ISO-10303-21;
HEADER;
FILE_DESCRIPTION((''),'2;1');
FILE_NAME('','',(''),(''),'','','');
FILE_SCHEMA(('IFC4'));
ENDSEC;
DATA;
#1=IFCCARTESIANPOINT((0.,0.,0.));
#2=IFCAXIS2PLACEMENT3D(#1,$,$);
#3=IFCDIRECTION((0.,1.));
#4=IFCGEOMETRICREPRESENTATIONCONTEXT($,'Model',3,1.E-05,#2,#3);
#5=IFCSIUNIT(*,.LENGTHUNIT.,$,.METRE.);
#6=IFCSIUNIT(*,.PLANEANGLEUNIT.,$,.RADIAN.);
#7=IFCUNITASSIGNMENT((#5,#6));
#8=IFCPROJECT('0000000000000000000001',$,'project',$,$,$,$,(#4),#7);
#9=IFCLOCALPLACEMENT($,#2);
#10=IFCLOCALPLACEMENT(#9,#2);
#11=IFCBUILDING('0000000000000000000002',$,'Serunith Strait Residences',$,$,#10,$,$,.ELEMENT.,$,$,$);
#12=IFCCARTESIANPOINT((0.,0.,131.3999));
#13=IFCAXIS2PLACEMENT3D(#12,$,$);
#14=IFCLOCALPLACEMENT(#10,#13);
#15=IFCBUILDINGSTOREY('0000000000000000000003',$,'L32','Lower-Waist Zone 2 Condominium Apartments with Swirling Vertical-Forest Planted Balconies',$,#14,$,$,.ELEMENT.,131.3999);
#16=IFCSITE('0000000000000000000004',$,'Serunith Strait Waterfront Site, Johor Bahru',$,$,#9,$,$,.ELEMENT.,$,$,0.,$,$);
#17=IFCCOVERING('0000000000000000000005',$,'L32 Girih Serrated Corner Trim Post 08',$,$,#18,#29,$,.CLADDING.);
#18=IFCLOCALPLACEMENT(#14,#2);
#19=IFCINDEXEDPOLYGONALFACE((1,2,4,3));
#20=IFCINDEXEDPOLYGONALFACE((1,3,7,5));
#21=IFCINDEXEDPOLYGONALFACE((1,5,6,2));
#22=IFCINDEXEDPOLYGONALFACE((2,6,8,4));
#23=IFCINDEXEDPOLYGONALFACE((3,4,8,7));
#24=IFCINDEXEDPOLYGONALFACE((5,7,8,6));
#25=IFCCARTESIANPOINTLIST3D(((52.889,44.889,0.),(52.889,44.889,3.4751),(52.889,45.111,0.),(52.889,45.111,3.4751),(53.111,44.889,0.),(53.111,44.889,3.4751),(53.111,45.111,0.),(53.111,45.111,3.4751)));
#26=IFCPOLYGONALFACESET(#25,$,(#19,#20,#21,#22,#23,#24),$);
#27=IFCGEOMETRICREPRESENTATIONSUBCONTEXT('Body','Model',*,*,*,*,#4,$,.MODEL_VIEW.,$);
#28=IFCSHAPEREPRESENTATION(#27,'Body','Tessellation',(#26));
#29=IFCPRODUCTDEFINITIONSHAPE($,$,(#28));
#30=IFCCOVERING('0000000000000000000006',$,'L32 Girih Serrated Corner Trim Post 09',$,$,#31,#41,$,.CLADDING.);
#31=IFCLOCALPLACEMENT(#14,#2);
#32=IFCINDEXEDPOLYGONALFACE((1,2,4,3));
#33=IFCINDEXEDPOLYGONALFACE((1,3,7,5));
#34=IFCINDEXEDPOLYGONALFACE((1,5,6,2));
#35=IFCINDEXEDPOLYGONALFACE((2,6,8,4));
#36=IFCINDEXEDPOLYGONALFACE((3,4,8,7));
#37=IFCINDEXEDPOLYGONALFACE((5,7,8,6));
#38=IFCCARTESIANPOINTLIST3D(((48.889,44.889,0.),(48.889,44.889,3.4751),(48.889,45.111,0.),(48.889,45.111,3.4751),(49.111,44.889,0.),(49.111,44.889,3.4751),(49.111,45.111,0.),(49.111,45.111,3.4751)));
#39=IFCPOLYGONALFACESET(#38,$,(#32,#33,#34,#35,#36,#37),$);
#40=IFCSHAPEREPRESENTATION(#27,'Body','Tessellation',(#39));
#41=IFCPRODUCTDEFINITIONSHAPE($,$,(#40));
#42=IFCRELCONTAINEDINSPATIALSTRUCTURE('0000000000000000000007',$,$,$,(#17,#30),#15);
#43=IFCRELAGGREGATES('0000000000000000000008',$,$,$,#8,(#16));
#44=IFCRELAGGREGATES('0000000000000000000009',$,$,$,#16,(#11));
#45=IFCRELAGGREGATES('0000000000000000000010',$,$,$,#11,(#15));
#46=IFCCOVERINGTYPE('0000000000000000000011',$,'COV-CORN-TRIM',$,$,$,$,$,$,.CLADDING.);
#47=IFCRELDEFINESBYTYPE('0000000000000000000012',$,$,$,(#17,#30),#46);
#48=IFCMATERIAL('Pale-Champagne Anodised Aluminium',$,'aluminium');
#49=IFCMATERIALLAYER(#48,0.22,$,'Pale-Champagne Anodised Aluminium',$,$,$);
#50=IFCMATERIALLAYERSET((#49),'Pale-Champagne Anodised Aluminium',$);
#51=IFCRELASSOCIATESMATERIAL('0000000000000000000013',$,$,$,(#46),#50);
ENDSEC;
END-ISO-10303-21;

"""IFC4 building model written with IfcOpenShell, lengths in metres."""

from ifc_helpers import new_model, si_unit, direction, frame, origin, origin_2d, place, context, subcontext, project, spatial, rectangle, extrude, source, transform, mapped, material, layer, layer_set, type_object, element, save


model = new_model("IFC4")

# Units and contexts
model_context = context("Model", 3, precision=1e-05, world=origin(), true_north=direction((0.0, 1.0)))
body_context = subcontext(model_context, "Body", "Model", "MODEL_VIEW")
ifc_project = project(units=[si_unit("LENGTHUNIT", "METRE"), si_unit("PLANEANGLEUNIT", "RADIAN")], contexts=[model_context])

# Site, building, storey
site_placement = place(None, origin())
site = spatial("IfcSite", under=ifc_project, at=site_placement, Name="Serunith Strait Waterfront Site, Johor Bahru", CompositionType="ELEMENT", RefElevation=0.0)
building_placement = place(site_placement, origin())
building = spatial("IfcBuilding", under=site, at=building_placement, Name="Serunith Strait Residences", CompositionType="ELEMENT")
storey_placement = place(building_placement, frame((0.0, 0.0, 131.3999)))
storey = spatial("IfcBuildingStorey", under=building, at=storey_placement, Name="L32", Description="Lower-Waist Zone 2 Condominium Apartments with Swirling Vertical-Forest Planted Balconies", CompositionType="ELEMENT", Elevation=131.3999)

# Shared definitions
ifc_material_1 = material(Name="Pale-Champagne Anodised Aluminium", Category="aluminium")

# Coverings
ifc_layer_1 = layer(ifc_material_1, 0.22, Name="Pale-Champagne Anodised Aluminium")
ifc_layer_set_1 = layer_set([ifc_layer_1], Name="Pale-Champagne Anodised Aluminium")
covering_type = type_object("IfcCoveringType", Name="COV-CORN-TRIM", PredefinedType="CLADDING", material=ifc_layer_set_1)
shared_shape_1 = source(origin(), body_context, "Body", "SweptSolid", [
    extrude(rectangle(XDim=0.2219, YDim=0.2219, at=origin_2d()), origin(), (0.0, 0.0, 1.0), 3.4751),
])
for number, where, z_axis, x_axis, name in (
    (1, (53.0, 45.0, 0.0), (0.0, 0.0, 1.0), (1.0, 0.0, 0.0), "L32 Girih Serrated Corner Trim Post 08"),
    (2, (49.0, 45.0, 0.0), (0.0, 0.0, 1.0), (1.0, 0.0, 0.0), "L32 Girih Serrated Corner Trim Post 09"),
):
    element("IfcCovering", number, at=place(storey_placement, frame(where, z_axis=z_axis, x_axis=x_axis)), inside=storey, type_object=covering_type, Name=name, PredefinedType="CLADDING", context=body_context, shape_type="MappedRepresentation", body=[
        mapped(shared_shape_1, transform((0.0, 0.0, 0.0), scale=1.0)),
    ])

save(model, "model.ifc")
